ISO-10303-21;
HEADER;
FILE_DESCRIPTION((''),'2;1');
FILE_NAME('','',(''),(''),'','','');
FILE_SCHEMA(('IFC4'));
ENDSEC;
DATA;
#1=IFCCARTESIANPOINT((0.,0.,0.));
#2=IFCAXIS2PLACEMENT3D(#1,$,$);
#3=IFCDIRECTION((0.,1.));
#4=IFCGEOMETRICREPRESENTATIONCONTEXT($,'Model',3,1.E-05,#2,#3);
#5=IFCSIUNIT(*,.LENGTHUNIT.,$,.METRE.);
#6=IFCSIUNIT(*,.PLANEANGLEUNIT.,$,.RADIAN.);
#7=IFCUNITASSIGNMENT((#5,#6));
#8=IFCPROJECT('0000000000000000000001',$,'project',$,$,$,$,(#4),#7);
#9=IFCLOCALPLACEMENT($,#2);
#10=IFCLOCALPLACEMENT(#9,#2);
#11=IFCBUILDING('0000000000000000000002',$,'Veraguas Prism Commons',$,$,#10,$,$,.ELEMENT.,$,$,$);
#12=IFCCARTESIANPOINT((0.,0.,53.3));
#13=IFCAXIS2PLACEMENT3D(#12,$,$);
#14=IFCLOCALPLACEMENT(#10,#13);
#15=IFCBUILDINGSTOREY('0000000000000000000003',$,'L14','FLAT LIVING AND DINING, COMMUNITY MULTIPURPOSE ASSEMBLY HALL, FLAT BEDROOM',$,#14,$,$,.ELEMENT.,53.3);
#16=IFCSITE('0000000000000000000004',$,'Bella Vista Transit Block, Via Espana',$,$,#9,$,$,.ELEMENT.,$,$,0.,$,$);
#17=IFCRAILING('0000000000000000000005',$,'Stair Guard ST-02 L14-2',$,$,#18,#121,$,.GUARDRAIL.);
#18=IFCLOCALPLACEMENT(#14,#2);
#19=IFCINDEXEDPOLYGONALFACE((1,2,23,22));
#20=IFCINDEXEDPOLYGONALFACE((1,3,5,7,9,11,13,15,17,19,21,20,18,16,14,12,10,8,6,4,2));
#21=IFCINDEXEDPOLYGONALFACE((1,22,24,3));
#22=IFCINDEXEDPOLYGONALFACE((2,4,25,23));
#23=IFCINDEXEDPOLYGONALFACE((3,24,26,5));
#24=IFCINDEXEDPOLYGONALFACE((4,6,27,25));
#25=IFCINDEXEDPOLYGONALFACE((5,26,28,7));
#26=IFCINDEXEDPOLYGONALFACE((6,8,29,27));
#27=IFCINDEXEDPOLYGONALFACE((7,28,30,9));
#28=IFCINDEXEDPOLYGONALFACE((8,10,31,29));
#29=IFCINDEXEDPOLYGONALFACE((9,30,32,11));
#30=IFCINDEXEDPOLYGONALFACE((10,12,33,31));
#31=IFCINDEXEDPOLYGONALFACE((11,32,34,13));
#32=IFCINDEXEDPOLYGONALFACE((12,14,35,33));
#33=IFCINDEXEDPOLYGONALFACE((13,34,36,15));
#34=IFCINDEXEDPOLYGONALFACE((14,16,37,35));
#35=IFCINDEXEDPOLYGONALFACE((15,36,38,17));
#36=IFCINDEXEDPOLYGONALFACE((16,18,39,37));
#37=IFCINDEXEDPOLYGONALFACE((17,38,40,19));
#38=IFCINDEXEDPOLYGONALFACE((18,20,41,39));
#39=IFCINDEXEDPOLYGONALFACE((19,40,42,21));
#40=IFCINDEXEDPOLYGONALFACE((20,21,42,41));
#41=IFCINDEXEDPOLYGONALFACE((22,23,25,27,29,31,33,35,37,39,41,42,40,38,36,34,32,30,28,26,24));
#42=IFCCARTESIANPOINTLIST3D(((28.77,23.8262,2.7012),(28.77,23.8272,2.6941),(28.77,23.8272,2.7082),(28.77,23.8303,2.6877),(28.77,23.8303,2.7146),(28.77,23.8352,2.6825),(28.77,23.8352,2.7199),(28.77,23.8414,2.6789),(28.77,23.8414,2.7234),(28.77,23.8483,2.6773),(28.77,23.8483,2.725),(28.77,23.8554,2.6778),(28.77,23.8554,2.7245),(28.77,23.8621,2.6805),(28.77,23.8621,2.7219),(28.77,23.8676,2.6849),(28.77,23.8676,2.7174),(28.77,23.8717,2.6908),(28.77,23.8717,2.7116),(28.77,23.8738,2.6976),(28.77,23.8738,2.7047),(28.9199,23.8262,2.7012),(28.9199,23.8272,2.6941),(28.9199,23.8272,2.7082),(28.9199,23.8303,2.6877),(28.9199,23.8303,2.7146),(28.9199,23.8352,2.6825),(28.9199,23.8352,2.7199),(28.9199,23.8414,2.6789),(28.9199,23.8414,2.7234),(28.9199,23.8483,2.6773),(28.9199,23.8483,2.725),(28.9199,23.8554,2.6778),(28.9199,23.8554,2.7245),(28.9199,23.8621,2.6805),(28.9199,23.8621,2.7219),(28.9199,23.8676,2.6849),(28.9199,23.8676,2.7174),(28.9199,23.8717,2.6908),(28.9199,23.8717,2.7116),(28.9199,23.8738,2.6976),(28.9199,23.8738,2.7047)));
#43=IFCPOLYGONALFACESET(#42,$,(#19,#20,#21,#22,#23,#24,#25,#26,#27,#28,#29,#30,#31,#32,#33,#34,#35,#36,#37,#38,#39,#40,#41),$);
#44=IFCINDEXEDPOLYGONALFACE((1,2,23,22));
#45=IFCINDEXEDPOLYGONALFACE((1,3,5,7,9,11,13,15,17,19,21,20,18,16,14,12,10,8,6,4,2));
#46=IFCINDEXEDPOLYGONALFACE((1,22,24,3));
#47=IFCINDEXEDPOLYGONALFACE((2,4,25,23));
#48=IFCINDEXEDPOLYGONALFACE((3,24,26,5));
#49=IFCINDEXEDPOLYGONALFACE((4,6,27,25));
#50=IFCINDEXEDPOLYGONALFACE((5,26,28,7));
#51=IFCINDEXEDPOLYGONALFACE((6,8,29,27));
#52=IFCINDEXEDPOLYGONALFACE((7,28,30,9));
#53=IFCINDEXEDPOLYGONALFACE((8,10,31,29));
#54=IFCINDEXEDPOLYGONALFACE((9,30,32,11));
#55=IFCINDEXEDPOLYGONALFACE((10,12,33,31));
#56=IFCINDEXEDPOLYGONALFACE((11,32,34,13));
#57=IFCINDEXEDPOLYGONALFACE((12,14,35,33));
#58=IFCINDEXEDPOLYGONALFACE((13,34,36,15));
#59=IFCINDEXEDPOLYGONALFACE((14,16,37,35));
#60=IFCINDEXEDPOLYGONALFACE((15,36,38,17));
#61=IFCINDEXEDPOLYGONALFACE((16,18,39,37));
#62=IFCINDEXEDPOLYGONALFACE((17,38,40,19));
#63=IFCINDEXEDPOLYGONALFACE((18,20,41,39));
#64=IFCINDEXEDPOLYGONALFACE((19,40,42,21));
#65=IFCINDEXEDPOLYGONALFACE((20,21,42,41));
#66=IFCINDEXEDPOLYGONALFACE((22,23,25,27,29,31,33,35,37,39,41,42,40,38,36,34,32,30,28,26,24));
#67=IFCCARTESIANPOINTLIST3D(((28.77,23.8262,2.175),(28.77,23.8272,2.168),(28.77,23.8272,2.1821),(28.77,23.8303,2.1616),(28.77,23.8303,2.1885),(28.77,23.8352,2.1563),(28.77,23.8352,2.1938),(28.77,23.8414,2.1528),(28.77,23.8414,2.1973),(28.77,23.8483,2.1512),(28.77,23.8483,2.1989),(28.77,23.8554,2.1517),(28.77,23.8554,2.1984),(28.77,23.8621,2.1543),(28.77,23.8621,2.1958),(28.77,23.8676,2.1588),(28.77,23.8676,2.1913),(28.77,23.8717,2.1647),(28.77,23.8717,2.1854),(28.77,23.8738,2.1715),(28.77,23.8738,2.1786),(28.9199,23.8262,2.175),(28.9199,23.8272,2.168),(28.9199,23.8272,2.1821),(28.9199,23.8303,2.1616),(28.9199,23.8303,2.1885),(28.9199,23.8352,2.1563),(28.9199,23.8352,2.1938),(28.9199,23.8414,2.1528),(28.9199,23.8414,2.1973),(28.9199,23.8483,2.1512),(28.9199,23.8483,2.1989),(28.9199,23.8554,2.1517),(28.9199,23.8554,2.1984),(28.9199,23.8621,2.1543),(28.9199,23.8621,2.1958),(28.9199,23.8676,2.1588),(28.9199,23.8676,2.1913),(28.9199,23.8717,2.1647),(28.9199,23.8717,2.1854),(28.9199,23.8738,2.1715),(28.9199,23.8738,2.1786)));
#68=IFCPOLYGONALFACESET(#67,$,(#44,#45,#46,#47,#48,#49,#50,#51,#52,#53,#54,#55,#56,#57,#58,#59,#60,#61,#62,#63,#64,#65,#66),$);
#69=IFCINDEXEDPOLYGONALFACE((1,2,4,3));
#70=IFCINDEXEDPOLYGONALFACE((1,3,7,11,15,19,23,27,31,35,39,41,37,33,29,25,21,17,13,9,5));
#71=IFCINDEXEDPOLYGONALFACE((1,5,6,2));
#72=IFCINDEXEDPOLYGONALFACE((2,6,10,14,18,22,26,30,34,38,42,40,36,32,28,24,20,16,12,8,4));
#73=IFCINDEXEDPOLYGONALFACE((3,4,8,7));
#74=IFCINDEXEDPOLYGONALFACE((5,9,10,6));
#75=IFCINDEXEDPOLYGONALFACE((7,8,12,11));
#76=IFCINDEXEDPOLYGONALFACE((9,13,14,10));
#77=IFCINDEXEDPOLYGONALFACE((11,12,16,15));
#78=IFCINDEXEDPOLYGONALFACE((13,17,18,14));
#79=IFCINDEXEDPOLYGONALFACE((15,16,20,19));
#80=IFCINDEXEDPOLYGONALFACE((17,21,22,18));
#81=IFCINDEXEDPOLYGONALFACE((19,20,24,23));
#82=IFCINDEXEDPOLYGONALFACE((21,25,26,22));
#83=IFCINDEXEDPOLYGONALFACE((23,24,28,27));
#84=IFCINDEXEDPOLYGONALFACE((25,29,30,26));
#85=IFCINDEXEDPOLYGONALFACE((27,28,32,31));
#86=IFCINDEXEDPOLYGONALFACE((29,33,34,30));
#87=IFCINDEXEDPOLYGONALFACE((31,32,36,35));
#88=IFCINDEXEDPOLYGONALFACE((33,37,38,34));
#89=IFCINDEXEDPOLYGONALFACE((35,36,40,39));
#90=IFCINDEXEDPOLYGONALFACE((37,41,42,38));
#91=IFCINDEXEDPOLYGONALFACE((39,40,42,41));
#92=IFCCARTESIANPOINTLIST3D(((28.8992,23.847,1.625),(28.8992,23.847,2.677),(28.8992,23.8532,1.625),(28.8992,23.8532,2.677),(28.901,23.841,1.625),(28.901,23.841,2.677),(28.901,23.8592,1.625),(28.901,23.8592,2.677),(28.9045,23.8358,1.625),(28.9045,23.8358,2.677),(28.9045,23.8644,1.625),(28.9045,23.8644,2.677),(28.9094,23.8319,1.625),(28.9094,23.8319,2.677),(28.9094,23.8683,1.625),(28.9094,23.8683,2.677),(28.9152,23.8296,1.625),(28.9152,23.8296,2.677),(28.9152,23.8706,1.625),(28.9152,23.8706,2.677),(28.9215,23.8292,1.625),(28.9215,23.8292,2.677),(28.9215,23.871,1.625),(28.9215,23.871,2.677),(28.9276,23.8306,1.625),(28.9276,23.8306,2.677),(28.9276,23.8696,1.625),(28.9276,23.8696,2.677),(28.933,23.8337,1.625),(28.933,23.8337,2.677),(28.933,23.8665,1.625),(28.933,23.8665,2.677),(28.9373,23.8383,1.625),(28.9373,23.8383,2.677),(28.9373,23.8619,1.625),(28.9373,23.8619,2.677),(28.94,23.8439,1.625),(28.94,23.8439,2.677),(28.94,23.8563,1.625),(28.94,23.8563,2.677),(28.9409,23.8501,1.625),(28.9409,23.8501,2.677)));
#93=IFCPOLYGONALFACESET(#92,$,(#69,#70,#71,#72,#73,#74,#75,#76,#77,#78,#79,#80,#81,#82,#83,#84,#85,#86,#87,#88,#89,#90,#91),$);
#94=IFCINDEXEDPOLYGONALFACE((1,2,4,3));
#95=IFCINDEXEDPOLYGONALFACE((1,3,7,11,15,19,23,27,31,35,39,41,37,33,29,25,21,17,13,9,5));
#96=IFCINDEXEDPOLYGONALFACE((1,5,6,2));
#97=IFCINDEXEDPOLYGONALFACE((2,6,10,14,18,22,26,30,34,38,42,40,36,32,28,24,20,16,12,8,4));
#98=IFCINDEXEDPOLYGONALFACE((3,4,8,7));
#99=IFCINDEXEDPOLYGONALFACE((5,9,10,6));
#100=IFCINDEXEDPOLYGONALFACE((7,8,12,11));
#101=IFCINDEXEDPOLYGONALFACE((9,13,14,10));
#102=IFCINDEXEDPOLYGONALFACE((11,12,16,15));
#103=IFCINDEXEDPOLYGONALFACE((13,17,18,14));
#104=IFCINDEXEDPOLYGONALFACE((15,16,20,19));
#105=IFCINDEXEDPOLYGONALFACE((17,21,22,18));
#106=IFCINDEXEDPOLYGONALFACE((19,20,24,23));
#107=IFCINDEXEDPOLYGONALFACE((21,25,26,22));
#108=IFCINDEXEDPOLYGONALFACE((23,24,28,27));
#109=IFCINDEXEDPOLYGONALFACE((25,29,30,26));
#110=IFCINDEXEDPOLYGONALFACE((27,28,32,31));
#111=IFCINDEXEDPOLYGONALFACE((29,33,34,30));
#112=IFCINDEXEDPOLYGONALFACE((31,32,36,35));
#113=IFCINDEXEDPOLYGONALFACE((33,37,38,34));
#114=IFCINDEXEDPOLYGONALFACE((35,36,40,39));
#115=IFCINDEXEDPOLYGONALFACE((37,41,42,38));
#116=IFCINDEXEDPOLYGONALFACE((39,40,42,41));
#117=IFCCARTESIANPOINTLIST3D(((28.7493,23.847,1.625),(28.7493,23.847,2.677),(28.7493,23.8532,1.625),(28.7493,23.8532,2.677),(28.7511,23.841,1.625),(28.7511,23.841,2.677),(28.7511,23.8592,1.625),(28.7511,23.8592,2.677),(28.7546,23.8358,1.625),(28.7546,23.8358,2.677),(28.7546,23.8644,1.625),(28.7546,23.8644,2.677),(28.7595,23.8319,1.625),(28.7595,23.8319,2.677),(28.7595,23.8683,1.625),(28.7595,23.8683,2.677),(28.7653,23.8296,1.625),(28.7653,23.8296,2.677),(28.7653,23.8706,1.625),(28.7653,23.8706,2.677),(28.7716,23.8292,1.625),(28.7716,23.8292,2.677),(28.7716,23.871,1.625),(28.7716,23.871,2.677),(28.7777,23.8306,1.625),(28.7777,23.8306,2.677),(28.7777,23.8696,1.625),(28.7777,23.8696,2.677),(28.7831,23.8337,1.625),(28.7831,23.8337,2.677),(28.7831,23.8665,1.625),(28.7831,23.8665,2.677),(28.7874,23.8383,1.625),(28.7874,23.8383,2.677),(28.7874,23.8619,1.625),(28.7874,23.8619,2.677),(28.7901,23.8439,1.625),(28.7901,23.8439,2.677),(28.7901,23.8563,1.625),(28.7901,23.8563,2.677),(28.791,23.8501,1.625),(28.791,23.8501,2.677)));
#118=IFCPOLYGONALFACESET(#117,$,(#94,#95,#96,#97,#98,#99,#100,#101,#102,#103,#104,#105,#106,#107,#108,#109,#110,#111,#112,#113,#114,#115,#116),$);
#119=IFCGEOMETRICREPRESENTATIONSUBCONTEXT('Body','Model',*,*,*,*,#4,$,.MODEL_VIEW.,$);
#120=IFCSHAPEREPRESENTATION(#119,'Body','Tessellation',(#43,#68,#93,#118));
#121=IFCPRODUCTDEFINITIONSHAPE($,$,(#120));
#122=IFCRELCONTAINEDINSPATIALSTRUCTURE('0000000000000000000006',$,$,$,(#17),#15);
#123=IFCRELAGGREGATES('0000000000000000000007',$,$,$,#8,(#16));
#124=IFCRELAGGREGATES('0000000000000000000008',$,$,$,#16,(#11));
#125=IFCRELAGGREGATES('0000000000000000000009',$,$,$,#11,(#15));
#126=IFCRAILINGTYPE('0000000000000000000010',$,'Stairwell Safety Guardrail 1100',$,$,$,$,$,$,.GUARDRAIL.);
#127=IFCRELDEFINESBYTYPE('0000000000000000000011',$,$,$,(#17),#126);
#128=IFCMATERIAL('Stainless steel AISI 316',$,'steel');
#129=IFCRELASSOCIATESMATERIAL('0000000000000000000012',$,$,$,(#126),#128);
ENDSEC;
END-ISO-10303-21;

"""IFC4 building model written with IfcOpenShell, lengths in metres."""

from ifc_helpers import new_model, si_unit, direction, frame, origin, origin_2d, place, context, subcontext, project, spatial, circle, extrude, material, type_object, element, save


model = new_model("IFC4")

# Units and contexts
model_context = context("Model", 3, precision=1e-05, world=origin(), true_north=direction((0.0, 1.0)))
body_context = subcontext(model_context, "Body", "Model", "MODEL_VIEW")
ifc_project = project(units=[si_unit("LENGTHUNIT", "METRE"), si_unit("PLANEANGLEUNIT", "RADIAN")], contexts=[model_context])

# Site, building, storey
site_placement = place(None, origin())
site = spatial("IfcSite", under=ifc_project, at=site_placement, Name="Bella Vista Transit Block, Via Espana", CompositionType="ELEMENT", RefElevation=0.0)
building_placement = place(site_placement, origin())
building = spatial("IfcBuilding", under=site, at=building_placement, Name="Veraguas Prism Commons", CompositionType="ELEMENT")
storey_placement = place(building_placement, frame((0.0, 0.0, 53.3)))
storey = spatial("IfcBuildingStorey", under=building, at=storey_placement, Name="L14", Description="FLAT LIVING AND DINING, COMMUNITY MULTIPURPOSE ASSEMBLY HALL, FLAT BEDROOM", CompositionType="ELEMENT", Elevation=53.3)

# Railing
ifc_material_1 = material(Name="Stainless steel AISI 316", Category="steel")
railing_type_1 = type_object("IfcRailingType", Name="Stairwell Safety Guardrail 1100", PredefinedType="GUARDRAIL", material=ifc_material_1)
railing_1_placement = place(storey_placement, frame((28.9199, 23.8501, 1.625)))
element("IfcRailing", 1, at=railing_1_placement, inside=storey, type_object=railing_type_1, Name="Stair Guard ST-02 L14-2", PredefinedType="GUARDRAIL", context=body_context, shape_type="SweptSolid", body=[
    extrude(circle(Radius=0.0239, at=origin_2d()), frame((0.0, 0.0, 1.0762), z_axis=(-1.0, 0.0, 0.0), x_axis=(0.0, -1.0, 0.0)), (0.0, 0.0, 1.0), 0.1499),
    extrude(circle(Radius=0.0239, at=origin_2d()), frame((0.0, 0.0, 0.55), z_axis=(-1.0, 0.0, 0.0), x_axis=(0.0, -1.0, 0.0)), (0.0, 0.0, 1.0), 0.1499),
    extrude(circle(Radius=0.021, at=origin_2d()), origin(), (0.0, 0.0, 1.0), 1.052),
    extrude(circle(Radius=0.021, at=origin_2d()), frame((-0.1499, 0.0, 0.0)), (0.0, 0.0, 1.0), 1.052),
])

save(model, "model.ifc")
